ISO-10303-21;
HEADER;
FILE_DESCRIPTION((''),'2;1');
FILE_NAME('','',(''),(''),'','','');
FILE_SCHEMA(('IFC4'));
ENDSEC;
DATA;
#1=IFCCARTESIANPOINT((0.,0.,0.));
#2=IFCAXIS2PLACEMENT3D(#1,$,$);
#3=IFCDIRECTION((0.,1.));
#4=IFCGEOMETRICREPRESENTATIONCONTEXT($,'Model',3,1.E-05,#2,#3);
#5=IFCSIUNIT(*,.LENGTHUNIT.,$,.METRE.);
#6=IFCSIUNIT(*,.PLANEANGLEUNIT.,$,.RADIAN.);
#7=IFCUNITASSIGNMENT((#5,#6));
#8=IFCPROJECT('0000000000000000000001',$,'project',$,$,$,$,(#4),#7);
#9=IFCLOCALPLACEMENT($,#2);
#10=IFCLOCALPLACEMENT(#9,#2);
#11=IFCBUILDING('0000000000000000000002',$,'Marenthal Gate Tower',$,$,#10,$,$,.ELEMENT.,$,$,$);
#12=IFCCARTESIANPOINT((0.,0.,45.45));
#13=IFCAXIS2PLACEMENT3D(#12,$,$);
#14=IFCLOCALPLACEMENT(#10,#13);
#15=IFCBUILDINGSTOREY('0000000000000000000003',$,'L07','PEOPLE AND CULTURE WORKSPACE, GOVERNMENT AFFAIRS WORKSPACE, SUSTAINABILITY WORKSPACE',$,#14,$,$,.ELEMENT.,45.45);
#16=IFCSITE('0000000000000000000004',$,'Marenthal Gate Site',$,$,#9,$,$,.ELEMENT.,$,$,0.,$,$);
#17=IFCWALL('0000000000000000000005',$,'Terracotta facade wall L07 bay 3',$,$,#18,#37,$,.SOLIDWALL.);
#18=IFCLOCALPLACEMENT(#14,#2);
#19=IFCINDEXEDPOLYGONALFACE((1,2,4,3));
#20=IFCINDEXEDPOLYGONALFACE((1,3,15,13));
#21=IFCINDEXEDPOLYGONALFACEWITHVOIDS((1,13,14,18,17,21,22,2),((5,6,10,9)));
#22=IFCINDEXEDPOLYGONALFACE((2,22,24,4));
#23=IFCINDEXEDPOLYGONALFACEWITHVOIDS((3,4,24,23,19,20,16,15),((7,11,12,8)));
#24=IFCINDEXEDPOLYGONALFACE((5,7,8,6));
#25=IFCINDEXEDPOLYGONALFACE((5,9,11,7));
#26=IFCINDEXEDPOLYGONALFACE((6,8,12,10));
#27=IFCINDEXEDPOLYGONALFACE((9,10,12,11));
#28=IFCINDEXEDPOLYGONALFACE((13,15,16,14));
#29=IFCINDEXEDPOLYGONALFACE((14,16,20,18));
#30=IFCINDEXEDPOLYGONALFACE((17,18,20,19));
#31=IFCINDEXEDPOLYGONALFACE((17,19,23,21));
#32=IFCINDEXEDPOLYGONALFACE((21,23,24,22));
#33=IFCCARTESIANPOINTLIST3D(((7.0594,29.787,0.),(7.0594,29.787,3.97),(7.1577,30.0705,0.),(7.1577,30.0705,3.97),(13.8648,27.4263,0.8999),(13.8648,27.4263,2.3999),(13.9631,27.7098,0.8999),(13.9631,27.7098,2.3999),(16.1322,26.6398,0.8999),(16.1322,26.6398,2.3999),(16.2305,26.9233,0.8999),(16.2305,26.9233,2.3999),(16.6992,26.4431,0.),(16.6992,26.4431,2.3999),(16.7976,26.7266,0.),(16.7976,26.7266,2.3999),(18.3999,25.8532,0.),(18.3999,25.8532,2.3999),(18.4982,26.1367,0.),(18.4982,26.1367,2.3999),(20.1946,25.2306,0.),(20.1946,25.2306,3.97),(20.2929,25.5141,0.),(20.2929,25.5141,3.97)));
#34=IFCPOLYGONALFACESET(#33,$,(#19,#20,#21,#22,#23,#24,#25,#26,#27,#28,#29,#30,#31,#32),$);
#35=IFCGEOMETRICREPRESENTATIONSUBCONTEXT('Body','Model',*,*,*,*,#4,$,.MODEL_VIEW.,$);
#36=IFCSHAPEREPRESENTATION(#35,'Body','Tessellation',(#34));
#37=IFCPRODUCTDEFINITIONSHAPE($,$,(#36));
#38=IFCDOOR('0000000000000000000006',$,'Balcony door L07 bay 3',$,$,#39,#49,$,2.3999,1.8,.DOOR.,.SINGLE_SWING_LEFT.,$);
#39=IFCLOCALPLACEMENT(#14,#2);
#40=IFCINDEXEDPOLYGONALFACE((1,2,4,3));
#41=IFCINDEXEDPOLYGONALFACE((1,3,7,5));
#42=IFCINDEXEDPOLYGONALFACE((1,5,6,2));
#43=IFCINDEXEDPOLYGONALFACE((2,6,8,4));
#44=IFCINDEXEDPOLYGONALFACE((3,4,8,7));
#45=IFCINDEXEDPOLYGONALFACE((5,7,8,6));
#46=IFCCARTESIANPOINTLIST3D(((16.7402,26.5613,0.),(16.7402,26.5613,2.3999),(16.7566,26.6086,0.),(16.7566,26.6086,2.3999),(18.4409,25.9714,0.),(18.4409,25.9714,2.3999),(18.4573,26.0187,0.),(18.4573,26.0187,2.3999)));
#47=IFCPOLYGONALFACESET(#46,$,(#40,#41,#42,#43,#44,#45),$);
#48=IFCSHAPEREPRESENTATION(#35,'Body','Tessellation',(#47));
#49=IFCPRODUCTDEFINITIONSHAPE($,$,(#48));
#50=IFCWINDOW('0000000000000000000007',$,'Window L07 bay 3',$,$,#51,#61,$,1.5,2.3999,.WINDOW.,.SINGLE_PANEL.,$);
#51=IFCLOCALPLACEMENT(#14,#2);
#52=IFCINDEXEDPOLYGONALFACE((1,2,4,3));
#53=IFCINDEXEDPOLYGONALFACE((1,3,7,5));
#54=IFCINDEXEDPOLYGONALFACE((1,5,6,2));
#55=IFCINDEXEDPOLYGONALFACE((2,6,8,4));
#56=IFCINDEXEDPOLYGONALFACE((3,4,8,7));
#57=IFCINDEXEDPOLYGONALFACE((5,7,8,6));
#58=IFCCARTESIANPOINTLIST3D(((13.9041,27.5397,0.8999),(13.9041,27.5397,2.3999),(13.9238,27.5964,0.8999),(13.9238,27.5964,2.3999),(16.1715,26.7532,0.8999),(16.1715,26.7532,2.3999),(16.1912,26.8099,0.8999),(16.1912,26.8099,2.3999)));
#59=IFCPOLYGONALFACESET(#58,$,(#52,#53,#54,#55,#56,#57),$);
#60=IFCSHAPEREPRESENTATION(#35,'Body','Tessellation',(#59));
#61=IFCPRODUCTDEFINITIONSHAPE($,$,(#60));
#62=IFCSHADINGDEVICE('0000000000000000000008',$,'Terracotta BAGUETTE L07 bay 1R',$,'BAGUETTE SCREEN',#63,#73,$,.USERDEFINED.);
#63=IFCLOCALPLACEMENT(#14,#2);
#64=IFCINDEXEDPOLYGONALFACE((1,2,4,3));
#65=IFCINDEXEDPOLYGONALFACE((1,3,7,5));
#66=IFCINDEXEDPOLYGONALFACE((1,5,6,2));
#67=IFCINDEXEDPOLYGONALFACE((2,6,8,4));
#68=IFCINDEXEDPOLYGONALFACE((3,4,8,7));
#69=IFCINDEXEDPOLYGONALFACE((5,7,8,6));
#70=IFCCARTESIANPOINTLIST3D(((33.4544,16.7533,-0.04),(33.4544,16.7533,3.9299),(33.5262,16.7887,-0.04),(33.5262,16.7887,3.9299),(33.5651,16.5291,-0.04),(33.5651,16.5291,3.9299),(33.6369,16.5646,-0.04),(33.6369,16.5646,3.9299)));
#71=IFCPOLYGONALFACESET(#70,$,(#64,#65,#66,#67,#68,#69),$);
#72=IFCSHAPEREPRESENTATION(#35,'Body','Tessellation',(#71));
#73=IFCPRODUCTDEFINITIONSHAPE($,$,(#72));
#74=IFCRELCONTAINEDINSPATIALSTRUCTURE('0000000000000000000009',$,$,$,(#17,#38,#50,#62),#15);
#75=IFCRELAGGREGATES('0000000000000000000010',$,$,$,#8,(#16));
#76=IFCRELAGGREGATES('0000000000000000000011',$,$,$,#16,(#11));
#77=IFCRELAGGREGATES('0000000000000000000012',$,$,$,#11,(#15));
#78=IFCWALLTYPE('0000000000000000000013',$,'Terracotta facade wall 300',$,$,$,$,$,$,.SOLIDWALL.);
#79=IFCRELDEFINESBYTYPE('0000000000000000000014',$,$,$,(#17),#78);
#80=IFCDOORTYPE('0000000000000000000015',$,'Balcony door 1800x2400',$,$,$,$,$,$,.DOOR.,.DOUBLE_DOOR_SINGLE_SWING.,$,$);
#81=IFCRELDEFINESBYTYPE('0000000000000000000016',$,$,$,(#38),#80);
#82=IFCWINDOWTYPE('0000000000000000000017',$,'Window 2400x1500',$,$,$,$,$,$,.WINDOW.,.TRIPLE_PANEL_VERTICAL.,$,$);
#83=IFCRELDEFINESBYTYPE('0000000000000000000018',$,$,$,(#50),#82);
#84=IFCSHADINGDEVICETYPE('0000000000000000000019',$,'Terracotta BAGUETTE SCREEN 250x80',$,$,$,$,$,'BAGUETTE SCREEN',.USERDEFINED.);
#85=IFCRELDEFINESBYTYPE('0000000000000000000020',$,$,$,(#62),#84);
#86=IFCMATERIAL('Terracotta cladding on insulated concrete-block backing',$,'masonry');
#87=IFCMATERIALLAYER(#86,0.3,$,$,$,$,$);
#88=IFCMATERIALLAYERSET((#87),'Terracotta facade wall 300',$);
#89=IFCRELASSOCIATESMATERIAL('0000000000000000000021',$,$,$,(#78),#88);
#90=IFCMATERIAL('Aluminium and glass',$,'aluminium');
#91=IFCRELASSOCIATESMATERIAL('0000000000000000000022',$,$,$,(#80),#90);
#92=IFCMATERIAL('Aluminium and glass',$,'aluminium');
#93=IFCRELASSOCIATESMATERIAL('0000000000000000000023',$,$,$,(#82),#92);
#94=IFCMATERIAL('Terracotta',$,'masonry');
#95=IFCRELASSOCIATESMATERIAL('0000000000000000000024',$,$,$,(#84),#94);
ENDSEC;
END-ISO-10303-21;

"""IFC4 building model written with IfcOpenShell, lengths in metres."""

from ifc_helpers import new_model, si_unit, direction, frame, frame_2d, origin, origin_2d, place, context, subcontext, project, spatial, rectangle, extrude, material, layer, layer_set, material_profile, profile_set, type_object, element, fill, save


model = new_model("IFC4")

# Units and contexts
model_context = context("Model", 3, precision=1e-05, world=origin(), true_north=direction((0.0, 1.0)))
body_context = subcontext(model_context, "Body", "Model", "MODEL_VIEW")
ifc_project = project(units=[si_unit("LENGTHUNIT", "METRE"), si_unit("PLANEANGLEUNIT", "RADIAN")], contexts=[model_context])

# Site, building, storey
site_placement = place(None, origin())
site = spatial("IfcSite", under=ifc_project, at=site_placement, Name="Marenthal Gate Site", CompositionType="ELEMENT", RefElevation=0.0)
building_placement = place(site_placement, origin())
building = spatial("IfcBuilding", under=site, at=building_placement, Name="Marenthal Gate Tower", CompositionType="ELEMENT")
storey_placement = place(building_placement, frame((0.0, 0.0, 45.45)))
storey = spatial("IfcBuildingStorey", under=building, at=storey_placement, Name="L07", Description="PEOPLE AND CULTURE WORKSPACE, GOVERNMENT AFFAIRS WORKSPACE, SUSTAINABILITY WORKSPACE", CompositionType="ELEMENT", Elevation=45.45)

# Wall, openings, door, window
ifc_material_1 = material(Name="Terracotta cladding on insulated concrete-block backing", Category="masonry")
ifc_layer_1 = layer(ifc_material_1, 0.3)
ifc_layer_set_1 = layer_set([ifc_layer_1], Name="Terracotta facade wall 300")
wall_type = type_object("IfcWallType", Name="Terracotta facade wall 300", PredefinedType="SOLIDWALL", material=ifc_layer_set_1)
wall_placement = place(storey_placement, frame((20.2439, 25.3723, 0.0), z_axis=(0.0, 0.0, 1.0), x_axis=(-0.944773, 0.327726, 0.0)))
wall = element("IfcWall", 1, at=wall_placement, inside=storey, type_object=wall_type, Name="Terracotta facade wall L07 bay 3", PredefinedType="SOLIDWALL", context=body_context, shape_type="SweptSolid", body=[
    extrude(rectangle(XDim=13.9031, YDim=0.3, at=frame_2d((6.9517, 0.0))), origin(), (0.0, 0.0, 1.0), 3.97),
])
opening_1_placement = place(wall_placement, frame((1.8999, 0.0, 0.0)))
opening_1 = element("IfcOpeningElement", 2, at=opening_1_placement, cuts=wall, PredefinedType="OPENING", context=body_context, shape_type="SweptSolid", body=[
    extrude(rectangle(XDim=1.8, YDim=2.3999, at=frame_2d((0.8999, 1.2))), frame((0.0, 0.1602, 0.0), z_axis=(0.0, -1.0, 0.0), x_axis=(1.0, 0.0, 0.0)), (0.0, 0.0, 1.0), 0.3201),
])
opening_2_placement = place(wall_placement, frame((4.3, 0.0, 0.8999)))
opening_2 = element("IfcOpeningElement", 3, at=opening_2_placement, cuts=wall, PredefinedType="OPENING", context=body_context, shape_type="SweptSolid", body=[
    extrude(rectangle(XDim=2.3999, YDim=1.5, at=frame_2d((1.2, 0.75))), frame((0.0, 0.1602, 0.0), z_axis=(0.0, -1.0, 0.0), x_axis=(1.0, 0.0, 0.0)), (0.0, 0.0, 1.0), 0.3201),
])
ifc_material_2 = material(Name="Aluminium and glass", Category="aluminium")
door_type = type_object("IfcDoorType", Name="Balcony door 1800x2400", OperationType="DOUBLE_DOOR_SINGLE_SWING", PredefinedType="DOOR", material=ifc_material_2)
door_placement = place(opening_1_placement, origin())
door = element("IfcDoor", 4, at=door_placement, inside=storey, type_object=door_type, Name="Balcony door L07 bay 3", OperationType="SINGLE_SWING_LEFT", OverallHeight=2.3999, OverallWidth=1.8, PredefinedType="DOOR", context=body_context, shape_type="SweptSolid", body=[
    extrude(rectangle(XDim=1.8, YDim=2.3999, at=frame_2d((0.8999, 1.2))), frame((0.0, 0.0249, 0.0), z_axis=(0.0, -1.0, 0.0), x_axis=(1.0, 0.0, 0.0)), (0.0, 0.0, 1.0), 0.05),
])
fill(opening_1, door)
ifc_material_3 = material(Name="Aluminium and glass", Category="aluminium")
window_type = type_object("IfcWindowType", Name="Window 2400x1500", PartitioningType="TRIPLE_PANEL_VERTICAL", PredefinedType="WINDOW", material=ifc_material_3)
window_placement = place(opening_2_placement, origin())
window = element("IfcWindow", 5, at=window_placement, inside=storey, type_object=window_type, Name="Window L07 bay 3", OverallHeight=1.5, OverallWidth=2.3999, PartitioningType="SINGLE_PANEL", PredefinedType="WINDOW", context=body_context, shape_type="SweptSolid", body=[
    extrude(rectangle(XDim=2.3999, YDim=1.5, at=frame_2d((1.2, 0.75))), frame((0.0, 0.03, 0.0), z_axis=(0.0, -1.0, 0.0), x_axis=(1.0, 0.0, 0.0)), (0.0, 0.0, 1.0), 0.0601),
])
fill(opening_2, window)

# Shading device
ifc_material_4 = material(Name="Terracotta", Category="masonry")
ifc_material_profile_1 = material_profile(ifc_material_4, rectangle(XDim=0.25, YDim=0.0801, at=origin_2d()), Name="Terracotta baguette 250x80")
ifc_profile_set_1 = profile_set([ifc_material_profile_1], Name="Terracotta")
shading_device_type = type_object("IfcShadingDeviceType", Name="Terracotta BAGUETTE SCREEN 250x80", ElementType="BAGUETTE SCREEN", PredefinedType="USERDEFINED", material=ifc_profile_set_1)
shading_device_placement = place(storey_placement, frame((33.5457, 16.6589, -0.04), z_axis=(0.0, 0.0, 1.0), x_axis=(-0.443058, 0.896493, 0.0)))
element("IfcShadingDevice", 6, at=shading_device_placement, inside=storey, type_object=shading_device_type, Name="Terracotta BAGUETTE L07 bay 1R", ObjectType="BAGUETTE SCREEN", PredefinedType="USERDEFINED", context=body_context, shape_type="SweptSolid", body=[
    extrude(rectangle(XDim=0.25, YDim=0.0801, at=origin_2d()), origin(), (0.0, 0.0, 1.0), 3.97),
])

save(model, "model.ifc")
